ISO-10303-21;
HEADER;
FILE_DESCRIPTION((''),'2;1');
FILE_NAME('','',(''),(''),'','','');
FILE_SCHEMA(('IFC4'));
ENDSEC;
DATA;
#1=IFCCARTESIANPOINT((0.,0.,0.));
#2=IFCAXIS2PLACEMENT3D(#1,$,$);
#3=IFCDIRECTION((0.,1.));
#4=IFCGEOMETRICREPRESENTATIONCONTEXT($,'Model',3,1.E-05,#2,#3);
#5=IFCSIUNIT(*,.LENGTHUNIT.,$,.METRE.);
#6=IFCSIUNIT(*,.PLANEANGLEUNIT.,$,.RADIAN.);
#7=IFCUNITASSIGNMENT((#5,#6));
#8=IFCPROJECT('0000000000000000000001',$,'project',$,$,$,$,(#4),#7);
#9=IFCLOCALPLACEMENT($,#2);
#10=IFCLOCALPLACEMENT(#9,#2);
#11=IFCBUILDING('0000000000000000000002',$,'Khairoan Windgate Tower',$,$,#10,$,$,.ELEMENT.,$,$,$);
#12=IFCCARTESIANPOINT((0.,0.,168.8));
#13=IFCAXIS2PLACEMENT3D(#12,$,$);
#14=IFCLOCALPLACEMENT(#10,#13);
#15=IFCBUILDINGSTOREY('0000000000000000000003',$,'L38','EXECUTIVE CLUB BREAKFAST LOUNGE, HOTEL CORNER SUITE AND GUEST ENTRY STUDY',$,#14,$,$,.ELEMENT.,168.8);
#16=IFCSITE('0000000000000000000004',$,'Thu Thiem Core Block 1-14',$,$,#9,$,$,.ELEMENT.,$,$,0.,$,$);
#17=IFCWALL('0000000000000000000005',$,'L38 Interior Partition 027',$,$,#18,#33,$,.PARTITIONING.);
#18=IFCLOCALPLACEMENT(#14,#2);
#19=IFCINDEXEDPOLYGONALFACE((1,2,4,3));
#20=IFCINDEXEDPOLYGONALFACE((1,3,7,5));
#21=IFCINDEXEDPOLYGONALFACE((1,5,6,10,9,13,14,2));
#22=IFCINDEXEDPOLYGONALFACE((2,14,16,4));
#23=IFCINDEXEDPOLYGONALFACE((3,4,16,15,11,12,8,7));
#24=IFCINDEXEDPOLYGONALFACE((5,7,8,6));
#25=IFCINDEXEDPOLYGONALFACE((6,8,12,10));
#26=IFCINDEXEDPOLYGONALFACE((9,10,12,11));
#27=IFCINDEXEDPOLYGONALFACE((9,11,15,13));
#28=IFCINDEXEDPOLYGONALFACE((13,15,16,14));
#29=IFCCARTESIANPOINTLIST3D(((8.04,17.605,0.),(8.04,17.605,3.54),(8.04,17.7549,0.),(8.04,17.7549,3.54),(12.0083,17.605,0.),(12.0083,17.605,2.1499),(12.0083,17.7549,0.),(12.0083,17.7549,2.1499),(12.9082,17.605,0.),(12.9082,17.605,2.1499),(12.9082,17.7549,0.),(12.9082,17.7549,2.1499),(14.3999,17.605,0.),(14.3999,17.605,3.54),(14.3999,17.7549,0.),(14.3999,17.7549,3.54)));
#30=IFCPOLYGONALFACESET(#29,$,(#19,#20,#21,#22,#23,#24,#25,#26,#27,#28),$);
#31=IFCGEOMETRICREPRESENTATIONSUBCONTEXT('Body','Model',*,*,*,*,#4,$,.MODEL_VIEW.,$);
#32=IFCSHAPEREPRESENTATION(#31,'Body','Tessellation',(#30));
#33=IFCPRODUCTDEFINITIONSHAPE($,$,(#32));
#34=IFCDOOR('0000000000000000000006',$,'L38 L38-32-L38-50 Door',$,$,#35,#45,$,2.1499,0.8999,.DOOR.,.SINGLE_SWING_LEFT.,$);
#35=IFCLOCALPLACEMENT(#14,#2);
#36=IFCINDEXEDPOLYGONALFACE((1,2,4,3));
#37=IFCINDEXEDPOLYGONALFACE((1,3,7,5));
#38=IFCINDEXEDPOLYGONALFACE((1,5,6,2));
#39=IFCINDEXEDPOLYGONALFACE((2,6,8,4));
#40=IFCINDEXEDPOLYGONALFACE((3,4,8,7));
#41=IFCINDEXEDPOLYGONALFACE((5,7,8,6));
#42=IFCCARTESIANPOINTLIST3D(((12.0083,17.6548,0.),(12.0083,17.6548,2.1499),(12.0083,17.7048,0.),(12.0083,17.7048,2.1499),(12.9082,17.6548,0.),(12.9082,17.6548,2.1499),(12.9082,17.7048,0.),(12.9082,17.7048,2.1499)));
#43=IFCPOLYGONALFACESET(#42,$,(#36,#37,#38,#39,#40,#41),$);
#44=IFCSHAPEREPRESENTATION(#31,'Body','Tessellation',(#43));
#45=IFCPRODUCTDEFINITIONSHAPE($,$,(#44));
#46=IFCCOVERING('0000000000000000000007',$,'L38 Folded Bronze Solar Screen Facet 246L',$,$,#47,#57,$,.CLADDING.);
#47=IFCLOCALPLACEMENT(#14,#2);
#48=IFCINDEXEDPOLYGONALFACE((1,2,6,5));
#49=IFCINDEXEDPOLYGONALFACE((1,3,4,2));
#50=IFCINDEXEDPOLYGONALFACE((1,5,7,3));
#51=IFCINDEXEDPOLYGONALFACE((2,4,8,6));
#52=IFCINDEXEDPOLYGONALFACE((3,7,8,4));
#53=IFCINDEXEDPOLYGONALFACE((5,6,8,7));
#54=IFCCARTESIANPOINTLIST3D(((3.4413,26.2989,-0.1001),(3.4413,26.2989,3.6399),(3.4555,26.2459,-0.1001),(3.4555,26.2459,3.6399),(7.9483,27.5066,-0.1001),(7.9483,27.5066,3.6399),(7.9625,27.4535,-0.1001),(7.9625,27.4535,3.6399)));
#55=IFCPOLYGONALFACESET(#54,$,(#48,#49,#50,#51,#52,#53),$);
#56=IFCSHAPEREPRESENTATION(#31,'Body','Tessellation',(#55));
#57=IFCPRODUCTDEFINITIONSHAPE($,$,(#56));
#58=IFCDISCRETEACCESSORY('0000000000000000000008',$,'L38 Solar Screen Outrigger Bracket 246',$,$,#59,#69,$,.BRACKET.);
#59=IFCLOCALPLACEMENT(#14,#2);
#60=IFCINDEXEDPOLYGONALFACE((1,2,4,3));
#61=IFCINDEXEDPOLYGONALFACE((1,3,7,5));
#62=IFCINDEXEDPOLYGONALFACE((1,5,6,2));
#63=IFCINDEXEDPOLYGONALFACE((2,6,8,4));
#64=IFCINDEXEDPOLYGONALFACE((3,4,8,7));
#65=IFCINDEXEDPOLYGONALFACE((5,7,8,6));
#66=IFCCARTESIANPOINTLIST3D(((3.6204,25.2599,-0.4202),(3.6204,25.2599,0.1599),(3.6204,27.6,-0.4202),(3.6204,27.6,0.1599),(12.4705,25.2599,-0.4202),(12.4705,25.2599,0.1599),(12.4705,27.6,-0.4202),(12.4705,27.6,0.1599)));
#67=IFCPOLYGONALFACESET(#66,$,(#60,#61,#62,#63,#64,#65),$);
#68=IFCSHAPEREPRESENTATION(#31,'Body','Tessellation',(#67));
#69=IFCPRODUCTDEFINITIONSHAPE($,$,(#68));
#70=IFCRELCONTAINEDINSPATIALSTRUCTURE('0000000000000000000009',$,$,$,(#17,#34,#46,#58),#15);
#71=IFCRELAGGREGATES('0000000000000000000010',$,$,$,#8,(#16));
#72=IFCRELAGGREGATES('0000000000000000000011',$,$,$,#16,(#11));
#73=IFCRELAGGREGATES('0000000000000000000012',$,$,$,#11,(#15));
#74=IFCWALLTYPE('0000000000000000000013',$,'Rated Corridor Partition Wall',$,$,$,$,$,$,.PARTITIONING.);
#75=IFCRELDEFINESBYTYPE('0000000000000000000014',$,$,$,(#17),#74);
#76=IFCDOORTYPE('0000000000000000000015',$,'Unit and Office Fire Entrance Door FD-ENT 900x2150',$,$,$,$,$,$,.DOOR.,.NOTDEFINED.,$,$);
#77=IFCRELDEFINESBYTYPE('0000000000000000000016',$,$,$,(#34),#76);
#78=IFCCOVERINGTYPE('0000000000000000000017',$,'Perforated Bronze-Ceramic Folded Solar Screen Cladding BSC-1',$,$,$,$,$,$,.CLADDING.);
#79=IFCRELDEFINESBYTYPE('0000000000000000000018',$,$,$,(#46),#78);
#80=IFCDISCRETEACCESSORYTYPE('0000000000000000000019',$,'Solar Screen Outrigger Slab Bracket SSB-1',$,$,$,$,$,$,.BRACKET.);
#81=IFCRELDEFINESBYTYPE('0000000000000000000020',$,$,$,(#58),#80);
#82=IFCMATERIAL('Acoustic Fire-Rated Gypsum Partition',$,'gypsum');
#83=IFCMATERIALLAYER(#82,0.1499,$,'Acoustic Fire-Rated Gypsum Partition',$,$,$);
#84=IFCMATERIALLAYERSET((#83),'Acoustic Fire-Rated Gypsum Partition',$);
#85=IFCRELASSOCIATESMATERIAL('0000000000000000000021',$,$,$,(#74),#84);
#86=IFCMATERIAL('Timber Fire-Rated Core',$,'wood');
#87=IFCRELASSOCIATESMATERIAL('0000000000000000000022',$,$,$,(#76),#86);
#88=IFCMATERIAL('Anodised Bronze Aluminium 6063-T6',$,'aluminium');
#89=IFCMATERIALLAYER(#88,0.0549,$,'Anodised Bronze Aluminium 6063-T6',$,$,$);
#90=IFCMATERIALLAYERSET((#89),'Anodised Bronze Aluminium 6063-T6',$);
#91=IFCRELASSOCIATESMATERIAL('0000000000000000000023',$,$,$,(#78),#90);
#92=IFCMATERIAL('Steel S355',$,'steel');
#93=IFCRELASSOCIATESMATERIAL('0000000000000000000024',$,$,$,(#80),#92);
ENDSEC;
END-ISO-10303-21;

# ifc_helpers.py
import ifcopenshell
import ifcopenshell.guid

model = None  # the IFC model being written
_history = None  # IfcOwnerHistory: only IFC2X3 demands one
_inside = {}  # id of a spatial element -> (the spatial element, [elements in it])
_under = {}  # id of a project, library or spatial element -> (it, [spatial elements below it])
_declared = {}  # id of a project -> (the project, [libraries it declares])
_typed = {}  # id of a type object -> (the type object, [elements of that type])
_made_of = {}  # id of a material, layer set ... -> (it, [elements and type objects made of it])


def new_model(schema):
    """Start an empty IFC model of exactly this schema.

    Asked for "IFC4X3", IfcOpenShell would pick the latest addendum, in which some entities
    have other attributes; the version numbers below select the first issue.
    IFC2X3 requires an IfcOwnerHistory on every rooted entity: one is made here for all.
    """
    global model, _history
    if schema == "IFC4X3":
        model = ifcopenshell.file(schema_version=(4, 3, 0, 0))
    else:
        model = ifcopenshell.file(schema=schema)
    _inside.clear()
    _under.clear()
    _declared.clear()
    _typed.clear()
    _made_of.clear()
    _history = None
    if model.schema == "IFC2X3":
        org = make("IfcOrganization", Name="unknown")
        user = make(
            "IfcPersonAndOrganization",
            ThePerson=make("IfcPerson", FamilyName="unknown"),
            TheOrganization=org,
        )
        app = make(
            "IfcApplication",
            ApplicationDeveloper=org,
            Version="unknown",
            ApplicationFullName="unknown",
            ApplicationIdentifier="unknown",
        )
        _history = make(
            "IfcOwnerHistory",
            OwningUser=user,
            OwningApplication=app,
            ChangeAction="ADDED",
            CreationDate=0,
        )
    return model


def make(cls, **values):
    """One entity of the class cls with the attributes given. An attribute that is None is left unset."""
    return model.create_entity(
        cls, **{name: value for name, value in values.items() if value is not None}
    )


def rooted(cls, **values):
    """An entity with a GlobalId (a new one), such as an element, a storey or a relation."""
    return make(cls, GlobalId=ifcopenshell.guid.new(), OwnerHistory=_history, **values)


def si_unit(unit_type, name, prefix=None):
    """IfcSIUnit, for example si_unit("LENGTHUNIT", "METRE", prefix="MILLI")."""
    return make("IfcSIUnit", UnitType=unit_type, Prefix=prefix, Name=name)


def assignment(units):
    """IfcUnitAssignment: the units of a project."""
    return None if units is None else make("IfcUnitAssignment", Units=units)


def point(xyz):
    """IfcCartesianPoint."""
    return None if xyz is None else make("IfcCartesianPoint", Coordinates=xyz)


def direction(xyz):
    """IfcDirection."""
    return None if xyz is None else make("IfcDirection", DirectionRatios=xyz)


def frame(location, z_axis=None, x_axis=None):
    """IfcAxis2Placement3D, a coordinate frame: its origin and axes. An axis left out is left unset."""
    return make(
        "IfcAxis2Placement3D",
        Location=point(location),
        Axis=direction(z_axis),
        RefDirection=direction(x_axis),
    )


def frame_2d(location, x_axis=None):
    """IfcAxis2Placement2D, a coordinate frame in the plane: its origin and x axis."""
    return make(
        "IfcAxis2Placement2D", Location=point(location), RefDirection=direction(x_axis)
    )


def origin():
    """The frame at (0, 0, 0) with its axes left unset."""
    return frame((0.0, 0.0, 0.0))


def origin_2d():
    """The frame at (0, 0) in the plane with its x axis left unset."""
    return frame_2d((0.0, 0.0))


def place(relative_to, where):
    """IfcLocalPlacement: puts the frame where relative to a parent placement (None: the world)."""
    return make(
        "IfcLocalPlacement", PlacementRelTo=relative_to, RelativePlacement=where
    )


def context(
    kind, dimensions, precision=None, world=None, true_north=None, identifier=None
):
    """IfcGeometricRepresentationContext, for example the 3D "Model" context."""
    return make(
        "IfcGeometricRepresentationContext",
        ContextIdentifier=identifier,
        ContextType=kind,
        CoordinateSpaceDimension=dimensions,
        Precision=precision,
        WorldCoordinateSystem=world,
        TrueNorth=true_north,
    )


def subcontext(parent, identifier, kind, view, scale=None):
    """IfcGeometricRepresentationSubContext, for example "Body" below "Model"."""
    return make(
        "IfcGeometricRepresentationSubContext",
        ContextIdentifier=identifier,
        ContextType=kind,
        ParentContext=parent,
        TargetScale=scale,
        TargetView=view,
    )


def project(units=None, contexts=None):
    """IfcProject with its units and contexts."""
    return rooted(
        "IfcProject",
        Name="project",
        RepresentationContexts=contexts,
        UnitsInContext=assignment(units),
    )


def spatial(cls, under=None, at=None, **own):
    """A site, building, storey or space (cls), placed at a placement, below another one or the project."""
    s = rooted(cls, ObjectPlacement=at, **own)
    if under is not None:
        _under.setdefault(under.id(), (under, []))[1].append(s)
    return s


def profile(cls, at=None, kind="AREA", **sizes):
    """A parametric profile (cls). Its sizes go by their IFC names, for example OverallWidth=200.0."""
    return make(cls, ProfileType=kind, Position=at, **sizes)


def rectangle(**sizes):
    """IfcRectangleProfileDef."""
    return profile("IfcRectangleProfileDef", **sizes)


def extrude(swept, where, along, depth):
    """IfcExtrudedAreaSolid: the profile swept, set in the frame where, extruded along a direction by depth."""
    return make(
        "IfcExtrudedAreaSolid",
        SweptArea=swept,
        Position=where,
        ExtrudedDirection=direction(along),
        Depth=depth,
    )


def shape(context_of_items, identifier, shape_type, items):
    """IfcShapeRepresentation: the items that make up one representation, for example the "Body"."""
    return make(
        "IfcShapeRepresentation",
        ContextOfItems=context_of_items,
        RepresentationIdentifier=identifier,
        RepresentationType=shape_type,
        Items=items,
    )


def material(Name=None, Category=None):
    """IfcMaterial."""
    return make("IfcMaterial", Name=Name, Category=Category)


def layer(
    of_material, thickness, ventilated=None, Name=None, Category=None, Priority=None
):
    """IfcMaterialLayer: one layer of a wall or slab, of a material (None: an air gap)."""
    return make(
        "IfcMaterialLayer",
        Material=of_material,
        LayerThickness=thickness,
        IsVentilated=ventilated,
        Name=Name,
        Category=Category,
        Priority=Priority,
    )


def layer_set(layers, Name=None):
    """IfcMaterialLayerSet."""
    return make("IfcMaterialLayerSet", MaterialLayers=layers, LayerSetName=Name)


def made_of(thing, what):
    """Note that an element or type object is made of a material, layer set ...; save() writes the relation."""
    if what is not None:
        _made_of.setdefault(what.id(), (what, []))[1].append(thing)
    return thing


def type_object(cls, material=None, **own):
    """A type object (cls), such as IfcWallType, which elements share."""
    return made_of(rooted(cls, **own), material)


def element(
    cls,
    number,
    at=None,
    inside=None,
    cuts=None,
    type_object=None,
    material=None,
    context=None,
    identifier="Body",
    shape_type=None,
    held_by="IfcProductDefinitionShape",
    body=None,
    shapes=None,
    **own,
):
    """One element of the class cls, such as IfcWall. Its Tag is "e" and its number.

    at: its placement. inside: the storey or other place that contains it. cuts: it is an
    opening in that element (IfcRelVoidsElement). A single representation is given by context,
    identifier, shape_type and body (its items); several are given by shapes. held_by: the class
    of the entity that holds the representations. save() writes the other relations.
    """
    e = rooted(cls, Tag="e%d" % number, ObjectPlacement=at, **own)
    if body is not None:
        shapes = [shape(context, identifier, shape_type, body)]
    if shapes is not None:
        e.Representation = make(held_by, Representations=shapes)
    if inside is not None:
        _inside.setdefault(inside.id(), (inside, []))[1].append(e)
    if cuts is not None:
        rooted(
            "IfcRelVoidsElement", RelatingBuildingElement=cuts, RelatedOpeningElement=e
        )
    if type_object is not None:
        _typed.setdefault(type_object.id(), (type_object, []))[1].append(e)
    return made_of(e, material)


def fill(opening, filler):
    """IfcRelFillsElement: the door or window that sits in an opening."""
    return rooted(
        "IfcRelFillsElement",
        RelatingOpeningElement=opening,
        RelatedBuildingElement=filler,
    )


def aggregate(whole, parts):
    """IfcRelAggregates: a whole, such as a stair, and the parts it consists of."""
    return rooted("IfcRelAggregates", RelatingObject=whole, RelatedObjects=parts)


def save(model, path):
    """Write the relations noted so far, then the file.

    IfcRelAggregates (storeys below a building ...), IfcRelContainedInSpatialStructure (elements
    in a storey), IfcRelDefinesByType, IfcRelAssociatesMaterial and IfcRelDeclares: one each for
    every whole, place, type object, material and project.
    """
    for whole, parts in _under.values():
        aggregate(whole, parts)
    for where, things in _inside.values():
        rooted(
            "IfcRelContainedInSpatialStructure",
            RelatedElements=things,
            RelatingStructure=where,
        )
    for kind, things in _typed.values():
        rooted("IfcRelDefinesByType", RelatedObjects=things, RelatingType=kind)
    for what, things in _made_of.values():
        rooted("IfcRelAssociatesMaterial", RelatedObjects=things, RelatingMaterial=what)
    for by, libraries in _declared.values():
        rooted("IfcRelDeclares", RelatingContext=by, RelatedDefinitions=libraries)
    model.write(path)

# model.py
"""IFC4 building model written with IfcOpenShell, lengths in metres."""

from ifc_helpers import new_model, si_unit, direction, frame, frame_2d, origin, origin_2d, place, context, subcontext, project, spatial, rectangle, extrude, material, layer, layer_set, type_object, element, fill, save


model = new_model("IFC4")

# Units and contexts
model_context = context("Model", 3, precision=1e-05, world=origin(), true_north=direction((0.0, 1.0)))
body_context = subcontext(model_context, "Body", "Model", "MODEL_VIEW")
ifc_project = project(units=[si_unit("LENGTHUNIT", "METRE"), si_unit("PLANEANGLEUNIT", "RADIAN")], contexts=[model_context])

# Site, building, storey
site_placement = place(None, origin())
site = spatial("IfcSite", under=ifc_project, at=site_placement, Name="Thu Thiem Core Block 1-14", CompositionType="ELEMENT", RefElevation=0.0)
building_placement = place(site_placement, origin())
building = spatial("IfcBuilding", under=site, at=building_placement, Name="Khairoan Windgate Tower", CompositionType="ELEMENT")
storey_placement = place(building_placement, frame((0.0, 0.0, 168.8)))
storey = spatial("IfcBuildingStorey", under=building, at=storey_placement, Name="L38", Description="EXECUTIVE CLUB BREAKFAST LOUNGE, HOTEL CORNER SUITE AND GUEST ENTRY STUDY", CompositionType="ELEMENT", Elevation=168.8)

# Shared definitions
ifc_material_1 = material(Name="Acoustic Fire-Rated Gypsum Partition", Category="gypsum")
ifc_layer_1 = layer(ifc_material_1, 0.1499, Name="Acoustic Fire-Rated Gypsum Partition")
ifc_layer_set_1 = layer_set([ifc_layer_1], Name="Acoustic Fire-Rated Gypsum Partition")
wall_type_1 = type_object("IfcWallType", Name="Rated Corridor Partition Wall", PredefinedType="PARTITIONING", material=ifc_layer_set_1)

# Wall, opening, door
wall_1_placement = place(storey_placement, frame((8.04, 17.6799, 0.0), z_axis=(0.0, 0.0, 1.0), x_axis=(1.0, 0.0, 0.0)))
wall_1 = element("IfcWall", 1, at=wall_1_placement, inside=storey, type_object=wall_type_1, Name="L38 Interior Partition 027", PredefinedType="PARTITIONING", context=body_context, shape_type="SweptSolid", body=[
    extrude(rectangle(XDim=6.3599, YDim=0.1499, at=frame_2d((3.1799, 0.0))), origin(), (0.0, 0.0, 1.0), 3.54),
])
opening_1_placement = place(wall_1_placement, frame((3.9683, 0.0, 0.0)))
opening_1 = element("IfcOpeningElement", 2, at=opening_1_placement, cuts=wall_1, PredefinedType="OPENING", context=body_context, shape_type="SweptSolid", body=[
    extrude(rectangle(XDim=0.8999, YDim=2.1499, at=frame_2d((0.45, 1.075))), frame((0.0, 0.085, 0.0), z_axis=(0.0, -1.0, 0.0), x_axis=(1.0, 0.0, 0.0)), (0.0, 0.0, 1.0), 0.1699),
])
ifc_material_2 = material(Name="Timber Fire-Rated Core", Category="wood")
door_type_1 = type_object("IfcDoorType", Name="Unit and Office Fire Entrance Door FD-ENT 900x2150", OperationType="NOTDEFINED", PredefinedType="DOOR", material=ifc_material_2)
door_1_placement = place(opening_1_placement, origin())
door_1 = element("IfcDoor", 3, at=door_1_placement, inside=storey, type_object=door_type_1, Name="L38 L38-32-L38-50 Door", OperationType="SINGLE_SWING_LEFT", OverallHeight=2.1499, OverallWidth=0.8999, PredefinedType="DOOR", context=body_context, shape_type="SweptSolid", body=[
    extrude(rectangle(XDim=0.8999, YDim=2.1499, at=frame_2d((0.45, 1.075))), frame((0.0, 0.0249, 0.0), z_axis=(0.0, -1.0, 0.0), x_axis=(1.0, 0.0, 0.0)), (0.0, 0.0, 1.0), 0.05),
])
fill(opening_1, door_1)

# Covering
ifc_material_3 = material(Name="Anodised Bronze Aluminium 6063-T6", Category="aluminium")
ifc_layer_2 = layer(ifc_material_3, 0.0549, Name="Anodised Bronze Aluminium 6063-T6")
ifc_layer_set_2 = layer_set([ifc_layer_2], Name="Anodised Bronze Aluminium 6063-T6")
covering_type = type_object("IfcCoveringType", Name="Perforated Bronze-Ceramic Folded Solar Screen Cladding BSC-1", PredefinedType="CLADDING", material=ifc_layer_set_2)
covering_placement = place(storey_placement, frame((5.7019, 26.8762, -0.1001), z_axis=(0.0, 0.0, 1.0), x_axis=(0.965926, 0.258819, 0.0)))
element("IfcCovering", 4, at=covering_placement, inside=storey, type_object=covering_type, Name="L38 Folded Bronze Solar Screen Facet 246L", PredefinedType="CLADDING", context=body_context, shape_type="SweptSolid", body=[
    extrude(rectangle(XDim=4.666, YDim=0.0549, at=origin_2d()), origin(), (0.0, 0.0, 1.0), 3.74),
])

# Discrete accessory
ifc_material_4 = material(Name="Steel S355", Category="steel")
discrete_accessory_type = type_object("IfcDiscreteAccessoryType", Name="Solar Screen Outrigger Slab Bracket SSB-1", PredefinedType="BRACKET", material=ifc_material_4)
discrete_accessory_placement = place(storey_placement, frame((8.0454, 26.4299, -0.4202), z_axis=(0.0, 0.0, 1.0), x_axis=(1.0, 0.0, 0.0)))
element("IfcDiscreteAccessory", 5, at=discrete_accessory_placement, inside=storey, type_object=discrete_accessory_type, Name="L38 Solar Screen Outrigger Bracket 246", PredefinedType="BRACKET", context=body_context, shape_type="SweptSolid", body=[
    extrude(rectangle(XDim=8.8501, YDim=2.3401, at=origin_2d()), origin(), (0.0, 0.0, 1.0), 0.5801),
])

save(model, "model.ifc")
